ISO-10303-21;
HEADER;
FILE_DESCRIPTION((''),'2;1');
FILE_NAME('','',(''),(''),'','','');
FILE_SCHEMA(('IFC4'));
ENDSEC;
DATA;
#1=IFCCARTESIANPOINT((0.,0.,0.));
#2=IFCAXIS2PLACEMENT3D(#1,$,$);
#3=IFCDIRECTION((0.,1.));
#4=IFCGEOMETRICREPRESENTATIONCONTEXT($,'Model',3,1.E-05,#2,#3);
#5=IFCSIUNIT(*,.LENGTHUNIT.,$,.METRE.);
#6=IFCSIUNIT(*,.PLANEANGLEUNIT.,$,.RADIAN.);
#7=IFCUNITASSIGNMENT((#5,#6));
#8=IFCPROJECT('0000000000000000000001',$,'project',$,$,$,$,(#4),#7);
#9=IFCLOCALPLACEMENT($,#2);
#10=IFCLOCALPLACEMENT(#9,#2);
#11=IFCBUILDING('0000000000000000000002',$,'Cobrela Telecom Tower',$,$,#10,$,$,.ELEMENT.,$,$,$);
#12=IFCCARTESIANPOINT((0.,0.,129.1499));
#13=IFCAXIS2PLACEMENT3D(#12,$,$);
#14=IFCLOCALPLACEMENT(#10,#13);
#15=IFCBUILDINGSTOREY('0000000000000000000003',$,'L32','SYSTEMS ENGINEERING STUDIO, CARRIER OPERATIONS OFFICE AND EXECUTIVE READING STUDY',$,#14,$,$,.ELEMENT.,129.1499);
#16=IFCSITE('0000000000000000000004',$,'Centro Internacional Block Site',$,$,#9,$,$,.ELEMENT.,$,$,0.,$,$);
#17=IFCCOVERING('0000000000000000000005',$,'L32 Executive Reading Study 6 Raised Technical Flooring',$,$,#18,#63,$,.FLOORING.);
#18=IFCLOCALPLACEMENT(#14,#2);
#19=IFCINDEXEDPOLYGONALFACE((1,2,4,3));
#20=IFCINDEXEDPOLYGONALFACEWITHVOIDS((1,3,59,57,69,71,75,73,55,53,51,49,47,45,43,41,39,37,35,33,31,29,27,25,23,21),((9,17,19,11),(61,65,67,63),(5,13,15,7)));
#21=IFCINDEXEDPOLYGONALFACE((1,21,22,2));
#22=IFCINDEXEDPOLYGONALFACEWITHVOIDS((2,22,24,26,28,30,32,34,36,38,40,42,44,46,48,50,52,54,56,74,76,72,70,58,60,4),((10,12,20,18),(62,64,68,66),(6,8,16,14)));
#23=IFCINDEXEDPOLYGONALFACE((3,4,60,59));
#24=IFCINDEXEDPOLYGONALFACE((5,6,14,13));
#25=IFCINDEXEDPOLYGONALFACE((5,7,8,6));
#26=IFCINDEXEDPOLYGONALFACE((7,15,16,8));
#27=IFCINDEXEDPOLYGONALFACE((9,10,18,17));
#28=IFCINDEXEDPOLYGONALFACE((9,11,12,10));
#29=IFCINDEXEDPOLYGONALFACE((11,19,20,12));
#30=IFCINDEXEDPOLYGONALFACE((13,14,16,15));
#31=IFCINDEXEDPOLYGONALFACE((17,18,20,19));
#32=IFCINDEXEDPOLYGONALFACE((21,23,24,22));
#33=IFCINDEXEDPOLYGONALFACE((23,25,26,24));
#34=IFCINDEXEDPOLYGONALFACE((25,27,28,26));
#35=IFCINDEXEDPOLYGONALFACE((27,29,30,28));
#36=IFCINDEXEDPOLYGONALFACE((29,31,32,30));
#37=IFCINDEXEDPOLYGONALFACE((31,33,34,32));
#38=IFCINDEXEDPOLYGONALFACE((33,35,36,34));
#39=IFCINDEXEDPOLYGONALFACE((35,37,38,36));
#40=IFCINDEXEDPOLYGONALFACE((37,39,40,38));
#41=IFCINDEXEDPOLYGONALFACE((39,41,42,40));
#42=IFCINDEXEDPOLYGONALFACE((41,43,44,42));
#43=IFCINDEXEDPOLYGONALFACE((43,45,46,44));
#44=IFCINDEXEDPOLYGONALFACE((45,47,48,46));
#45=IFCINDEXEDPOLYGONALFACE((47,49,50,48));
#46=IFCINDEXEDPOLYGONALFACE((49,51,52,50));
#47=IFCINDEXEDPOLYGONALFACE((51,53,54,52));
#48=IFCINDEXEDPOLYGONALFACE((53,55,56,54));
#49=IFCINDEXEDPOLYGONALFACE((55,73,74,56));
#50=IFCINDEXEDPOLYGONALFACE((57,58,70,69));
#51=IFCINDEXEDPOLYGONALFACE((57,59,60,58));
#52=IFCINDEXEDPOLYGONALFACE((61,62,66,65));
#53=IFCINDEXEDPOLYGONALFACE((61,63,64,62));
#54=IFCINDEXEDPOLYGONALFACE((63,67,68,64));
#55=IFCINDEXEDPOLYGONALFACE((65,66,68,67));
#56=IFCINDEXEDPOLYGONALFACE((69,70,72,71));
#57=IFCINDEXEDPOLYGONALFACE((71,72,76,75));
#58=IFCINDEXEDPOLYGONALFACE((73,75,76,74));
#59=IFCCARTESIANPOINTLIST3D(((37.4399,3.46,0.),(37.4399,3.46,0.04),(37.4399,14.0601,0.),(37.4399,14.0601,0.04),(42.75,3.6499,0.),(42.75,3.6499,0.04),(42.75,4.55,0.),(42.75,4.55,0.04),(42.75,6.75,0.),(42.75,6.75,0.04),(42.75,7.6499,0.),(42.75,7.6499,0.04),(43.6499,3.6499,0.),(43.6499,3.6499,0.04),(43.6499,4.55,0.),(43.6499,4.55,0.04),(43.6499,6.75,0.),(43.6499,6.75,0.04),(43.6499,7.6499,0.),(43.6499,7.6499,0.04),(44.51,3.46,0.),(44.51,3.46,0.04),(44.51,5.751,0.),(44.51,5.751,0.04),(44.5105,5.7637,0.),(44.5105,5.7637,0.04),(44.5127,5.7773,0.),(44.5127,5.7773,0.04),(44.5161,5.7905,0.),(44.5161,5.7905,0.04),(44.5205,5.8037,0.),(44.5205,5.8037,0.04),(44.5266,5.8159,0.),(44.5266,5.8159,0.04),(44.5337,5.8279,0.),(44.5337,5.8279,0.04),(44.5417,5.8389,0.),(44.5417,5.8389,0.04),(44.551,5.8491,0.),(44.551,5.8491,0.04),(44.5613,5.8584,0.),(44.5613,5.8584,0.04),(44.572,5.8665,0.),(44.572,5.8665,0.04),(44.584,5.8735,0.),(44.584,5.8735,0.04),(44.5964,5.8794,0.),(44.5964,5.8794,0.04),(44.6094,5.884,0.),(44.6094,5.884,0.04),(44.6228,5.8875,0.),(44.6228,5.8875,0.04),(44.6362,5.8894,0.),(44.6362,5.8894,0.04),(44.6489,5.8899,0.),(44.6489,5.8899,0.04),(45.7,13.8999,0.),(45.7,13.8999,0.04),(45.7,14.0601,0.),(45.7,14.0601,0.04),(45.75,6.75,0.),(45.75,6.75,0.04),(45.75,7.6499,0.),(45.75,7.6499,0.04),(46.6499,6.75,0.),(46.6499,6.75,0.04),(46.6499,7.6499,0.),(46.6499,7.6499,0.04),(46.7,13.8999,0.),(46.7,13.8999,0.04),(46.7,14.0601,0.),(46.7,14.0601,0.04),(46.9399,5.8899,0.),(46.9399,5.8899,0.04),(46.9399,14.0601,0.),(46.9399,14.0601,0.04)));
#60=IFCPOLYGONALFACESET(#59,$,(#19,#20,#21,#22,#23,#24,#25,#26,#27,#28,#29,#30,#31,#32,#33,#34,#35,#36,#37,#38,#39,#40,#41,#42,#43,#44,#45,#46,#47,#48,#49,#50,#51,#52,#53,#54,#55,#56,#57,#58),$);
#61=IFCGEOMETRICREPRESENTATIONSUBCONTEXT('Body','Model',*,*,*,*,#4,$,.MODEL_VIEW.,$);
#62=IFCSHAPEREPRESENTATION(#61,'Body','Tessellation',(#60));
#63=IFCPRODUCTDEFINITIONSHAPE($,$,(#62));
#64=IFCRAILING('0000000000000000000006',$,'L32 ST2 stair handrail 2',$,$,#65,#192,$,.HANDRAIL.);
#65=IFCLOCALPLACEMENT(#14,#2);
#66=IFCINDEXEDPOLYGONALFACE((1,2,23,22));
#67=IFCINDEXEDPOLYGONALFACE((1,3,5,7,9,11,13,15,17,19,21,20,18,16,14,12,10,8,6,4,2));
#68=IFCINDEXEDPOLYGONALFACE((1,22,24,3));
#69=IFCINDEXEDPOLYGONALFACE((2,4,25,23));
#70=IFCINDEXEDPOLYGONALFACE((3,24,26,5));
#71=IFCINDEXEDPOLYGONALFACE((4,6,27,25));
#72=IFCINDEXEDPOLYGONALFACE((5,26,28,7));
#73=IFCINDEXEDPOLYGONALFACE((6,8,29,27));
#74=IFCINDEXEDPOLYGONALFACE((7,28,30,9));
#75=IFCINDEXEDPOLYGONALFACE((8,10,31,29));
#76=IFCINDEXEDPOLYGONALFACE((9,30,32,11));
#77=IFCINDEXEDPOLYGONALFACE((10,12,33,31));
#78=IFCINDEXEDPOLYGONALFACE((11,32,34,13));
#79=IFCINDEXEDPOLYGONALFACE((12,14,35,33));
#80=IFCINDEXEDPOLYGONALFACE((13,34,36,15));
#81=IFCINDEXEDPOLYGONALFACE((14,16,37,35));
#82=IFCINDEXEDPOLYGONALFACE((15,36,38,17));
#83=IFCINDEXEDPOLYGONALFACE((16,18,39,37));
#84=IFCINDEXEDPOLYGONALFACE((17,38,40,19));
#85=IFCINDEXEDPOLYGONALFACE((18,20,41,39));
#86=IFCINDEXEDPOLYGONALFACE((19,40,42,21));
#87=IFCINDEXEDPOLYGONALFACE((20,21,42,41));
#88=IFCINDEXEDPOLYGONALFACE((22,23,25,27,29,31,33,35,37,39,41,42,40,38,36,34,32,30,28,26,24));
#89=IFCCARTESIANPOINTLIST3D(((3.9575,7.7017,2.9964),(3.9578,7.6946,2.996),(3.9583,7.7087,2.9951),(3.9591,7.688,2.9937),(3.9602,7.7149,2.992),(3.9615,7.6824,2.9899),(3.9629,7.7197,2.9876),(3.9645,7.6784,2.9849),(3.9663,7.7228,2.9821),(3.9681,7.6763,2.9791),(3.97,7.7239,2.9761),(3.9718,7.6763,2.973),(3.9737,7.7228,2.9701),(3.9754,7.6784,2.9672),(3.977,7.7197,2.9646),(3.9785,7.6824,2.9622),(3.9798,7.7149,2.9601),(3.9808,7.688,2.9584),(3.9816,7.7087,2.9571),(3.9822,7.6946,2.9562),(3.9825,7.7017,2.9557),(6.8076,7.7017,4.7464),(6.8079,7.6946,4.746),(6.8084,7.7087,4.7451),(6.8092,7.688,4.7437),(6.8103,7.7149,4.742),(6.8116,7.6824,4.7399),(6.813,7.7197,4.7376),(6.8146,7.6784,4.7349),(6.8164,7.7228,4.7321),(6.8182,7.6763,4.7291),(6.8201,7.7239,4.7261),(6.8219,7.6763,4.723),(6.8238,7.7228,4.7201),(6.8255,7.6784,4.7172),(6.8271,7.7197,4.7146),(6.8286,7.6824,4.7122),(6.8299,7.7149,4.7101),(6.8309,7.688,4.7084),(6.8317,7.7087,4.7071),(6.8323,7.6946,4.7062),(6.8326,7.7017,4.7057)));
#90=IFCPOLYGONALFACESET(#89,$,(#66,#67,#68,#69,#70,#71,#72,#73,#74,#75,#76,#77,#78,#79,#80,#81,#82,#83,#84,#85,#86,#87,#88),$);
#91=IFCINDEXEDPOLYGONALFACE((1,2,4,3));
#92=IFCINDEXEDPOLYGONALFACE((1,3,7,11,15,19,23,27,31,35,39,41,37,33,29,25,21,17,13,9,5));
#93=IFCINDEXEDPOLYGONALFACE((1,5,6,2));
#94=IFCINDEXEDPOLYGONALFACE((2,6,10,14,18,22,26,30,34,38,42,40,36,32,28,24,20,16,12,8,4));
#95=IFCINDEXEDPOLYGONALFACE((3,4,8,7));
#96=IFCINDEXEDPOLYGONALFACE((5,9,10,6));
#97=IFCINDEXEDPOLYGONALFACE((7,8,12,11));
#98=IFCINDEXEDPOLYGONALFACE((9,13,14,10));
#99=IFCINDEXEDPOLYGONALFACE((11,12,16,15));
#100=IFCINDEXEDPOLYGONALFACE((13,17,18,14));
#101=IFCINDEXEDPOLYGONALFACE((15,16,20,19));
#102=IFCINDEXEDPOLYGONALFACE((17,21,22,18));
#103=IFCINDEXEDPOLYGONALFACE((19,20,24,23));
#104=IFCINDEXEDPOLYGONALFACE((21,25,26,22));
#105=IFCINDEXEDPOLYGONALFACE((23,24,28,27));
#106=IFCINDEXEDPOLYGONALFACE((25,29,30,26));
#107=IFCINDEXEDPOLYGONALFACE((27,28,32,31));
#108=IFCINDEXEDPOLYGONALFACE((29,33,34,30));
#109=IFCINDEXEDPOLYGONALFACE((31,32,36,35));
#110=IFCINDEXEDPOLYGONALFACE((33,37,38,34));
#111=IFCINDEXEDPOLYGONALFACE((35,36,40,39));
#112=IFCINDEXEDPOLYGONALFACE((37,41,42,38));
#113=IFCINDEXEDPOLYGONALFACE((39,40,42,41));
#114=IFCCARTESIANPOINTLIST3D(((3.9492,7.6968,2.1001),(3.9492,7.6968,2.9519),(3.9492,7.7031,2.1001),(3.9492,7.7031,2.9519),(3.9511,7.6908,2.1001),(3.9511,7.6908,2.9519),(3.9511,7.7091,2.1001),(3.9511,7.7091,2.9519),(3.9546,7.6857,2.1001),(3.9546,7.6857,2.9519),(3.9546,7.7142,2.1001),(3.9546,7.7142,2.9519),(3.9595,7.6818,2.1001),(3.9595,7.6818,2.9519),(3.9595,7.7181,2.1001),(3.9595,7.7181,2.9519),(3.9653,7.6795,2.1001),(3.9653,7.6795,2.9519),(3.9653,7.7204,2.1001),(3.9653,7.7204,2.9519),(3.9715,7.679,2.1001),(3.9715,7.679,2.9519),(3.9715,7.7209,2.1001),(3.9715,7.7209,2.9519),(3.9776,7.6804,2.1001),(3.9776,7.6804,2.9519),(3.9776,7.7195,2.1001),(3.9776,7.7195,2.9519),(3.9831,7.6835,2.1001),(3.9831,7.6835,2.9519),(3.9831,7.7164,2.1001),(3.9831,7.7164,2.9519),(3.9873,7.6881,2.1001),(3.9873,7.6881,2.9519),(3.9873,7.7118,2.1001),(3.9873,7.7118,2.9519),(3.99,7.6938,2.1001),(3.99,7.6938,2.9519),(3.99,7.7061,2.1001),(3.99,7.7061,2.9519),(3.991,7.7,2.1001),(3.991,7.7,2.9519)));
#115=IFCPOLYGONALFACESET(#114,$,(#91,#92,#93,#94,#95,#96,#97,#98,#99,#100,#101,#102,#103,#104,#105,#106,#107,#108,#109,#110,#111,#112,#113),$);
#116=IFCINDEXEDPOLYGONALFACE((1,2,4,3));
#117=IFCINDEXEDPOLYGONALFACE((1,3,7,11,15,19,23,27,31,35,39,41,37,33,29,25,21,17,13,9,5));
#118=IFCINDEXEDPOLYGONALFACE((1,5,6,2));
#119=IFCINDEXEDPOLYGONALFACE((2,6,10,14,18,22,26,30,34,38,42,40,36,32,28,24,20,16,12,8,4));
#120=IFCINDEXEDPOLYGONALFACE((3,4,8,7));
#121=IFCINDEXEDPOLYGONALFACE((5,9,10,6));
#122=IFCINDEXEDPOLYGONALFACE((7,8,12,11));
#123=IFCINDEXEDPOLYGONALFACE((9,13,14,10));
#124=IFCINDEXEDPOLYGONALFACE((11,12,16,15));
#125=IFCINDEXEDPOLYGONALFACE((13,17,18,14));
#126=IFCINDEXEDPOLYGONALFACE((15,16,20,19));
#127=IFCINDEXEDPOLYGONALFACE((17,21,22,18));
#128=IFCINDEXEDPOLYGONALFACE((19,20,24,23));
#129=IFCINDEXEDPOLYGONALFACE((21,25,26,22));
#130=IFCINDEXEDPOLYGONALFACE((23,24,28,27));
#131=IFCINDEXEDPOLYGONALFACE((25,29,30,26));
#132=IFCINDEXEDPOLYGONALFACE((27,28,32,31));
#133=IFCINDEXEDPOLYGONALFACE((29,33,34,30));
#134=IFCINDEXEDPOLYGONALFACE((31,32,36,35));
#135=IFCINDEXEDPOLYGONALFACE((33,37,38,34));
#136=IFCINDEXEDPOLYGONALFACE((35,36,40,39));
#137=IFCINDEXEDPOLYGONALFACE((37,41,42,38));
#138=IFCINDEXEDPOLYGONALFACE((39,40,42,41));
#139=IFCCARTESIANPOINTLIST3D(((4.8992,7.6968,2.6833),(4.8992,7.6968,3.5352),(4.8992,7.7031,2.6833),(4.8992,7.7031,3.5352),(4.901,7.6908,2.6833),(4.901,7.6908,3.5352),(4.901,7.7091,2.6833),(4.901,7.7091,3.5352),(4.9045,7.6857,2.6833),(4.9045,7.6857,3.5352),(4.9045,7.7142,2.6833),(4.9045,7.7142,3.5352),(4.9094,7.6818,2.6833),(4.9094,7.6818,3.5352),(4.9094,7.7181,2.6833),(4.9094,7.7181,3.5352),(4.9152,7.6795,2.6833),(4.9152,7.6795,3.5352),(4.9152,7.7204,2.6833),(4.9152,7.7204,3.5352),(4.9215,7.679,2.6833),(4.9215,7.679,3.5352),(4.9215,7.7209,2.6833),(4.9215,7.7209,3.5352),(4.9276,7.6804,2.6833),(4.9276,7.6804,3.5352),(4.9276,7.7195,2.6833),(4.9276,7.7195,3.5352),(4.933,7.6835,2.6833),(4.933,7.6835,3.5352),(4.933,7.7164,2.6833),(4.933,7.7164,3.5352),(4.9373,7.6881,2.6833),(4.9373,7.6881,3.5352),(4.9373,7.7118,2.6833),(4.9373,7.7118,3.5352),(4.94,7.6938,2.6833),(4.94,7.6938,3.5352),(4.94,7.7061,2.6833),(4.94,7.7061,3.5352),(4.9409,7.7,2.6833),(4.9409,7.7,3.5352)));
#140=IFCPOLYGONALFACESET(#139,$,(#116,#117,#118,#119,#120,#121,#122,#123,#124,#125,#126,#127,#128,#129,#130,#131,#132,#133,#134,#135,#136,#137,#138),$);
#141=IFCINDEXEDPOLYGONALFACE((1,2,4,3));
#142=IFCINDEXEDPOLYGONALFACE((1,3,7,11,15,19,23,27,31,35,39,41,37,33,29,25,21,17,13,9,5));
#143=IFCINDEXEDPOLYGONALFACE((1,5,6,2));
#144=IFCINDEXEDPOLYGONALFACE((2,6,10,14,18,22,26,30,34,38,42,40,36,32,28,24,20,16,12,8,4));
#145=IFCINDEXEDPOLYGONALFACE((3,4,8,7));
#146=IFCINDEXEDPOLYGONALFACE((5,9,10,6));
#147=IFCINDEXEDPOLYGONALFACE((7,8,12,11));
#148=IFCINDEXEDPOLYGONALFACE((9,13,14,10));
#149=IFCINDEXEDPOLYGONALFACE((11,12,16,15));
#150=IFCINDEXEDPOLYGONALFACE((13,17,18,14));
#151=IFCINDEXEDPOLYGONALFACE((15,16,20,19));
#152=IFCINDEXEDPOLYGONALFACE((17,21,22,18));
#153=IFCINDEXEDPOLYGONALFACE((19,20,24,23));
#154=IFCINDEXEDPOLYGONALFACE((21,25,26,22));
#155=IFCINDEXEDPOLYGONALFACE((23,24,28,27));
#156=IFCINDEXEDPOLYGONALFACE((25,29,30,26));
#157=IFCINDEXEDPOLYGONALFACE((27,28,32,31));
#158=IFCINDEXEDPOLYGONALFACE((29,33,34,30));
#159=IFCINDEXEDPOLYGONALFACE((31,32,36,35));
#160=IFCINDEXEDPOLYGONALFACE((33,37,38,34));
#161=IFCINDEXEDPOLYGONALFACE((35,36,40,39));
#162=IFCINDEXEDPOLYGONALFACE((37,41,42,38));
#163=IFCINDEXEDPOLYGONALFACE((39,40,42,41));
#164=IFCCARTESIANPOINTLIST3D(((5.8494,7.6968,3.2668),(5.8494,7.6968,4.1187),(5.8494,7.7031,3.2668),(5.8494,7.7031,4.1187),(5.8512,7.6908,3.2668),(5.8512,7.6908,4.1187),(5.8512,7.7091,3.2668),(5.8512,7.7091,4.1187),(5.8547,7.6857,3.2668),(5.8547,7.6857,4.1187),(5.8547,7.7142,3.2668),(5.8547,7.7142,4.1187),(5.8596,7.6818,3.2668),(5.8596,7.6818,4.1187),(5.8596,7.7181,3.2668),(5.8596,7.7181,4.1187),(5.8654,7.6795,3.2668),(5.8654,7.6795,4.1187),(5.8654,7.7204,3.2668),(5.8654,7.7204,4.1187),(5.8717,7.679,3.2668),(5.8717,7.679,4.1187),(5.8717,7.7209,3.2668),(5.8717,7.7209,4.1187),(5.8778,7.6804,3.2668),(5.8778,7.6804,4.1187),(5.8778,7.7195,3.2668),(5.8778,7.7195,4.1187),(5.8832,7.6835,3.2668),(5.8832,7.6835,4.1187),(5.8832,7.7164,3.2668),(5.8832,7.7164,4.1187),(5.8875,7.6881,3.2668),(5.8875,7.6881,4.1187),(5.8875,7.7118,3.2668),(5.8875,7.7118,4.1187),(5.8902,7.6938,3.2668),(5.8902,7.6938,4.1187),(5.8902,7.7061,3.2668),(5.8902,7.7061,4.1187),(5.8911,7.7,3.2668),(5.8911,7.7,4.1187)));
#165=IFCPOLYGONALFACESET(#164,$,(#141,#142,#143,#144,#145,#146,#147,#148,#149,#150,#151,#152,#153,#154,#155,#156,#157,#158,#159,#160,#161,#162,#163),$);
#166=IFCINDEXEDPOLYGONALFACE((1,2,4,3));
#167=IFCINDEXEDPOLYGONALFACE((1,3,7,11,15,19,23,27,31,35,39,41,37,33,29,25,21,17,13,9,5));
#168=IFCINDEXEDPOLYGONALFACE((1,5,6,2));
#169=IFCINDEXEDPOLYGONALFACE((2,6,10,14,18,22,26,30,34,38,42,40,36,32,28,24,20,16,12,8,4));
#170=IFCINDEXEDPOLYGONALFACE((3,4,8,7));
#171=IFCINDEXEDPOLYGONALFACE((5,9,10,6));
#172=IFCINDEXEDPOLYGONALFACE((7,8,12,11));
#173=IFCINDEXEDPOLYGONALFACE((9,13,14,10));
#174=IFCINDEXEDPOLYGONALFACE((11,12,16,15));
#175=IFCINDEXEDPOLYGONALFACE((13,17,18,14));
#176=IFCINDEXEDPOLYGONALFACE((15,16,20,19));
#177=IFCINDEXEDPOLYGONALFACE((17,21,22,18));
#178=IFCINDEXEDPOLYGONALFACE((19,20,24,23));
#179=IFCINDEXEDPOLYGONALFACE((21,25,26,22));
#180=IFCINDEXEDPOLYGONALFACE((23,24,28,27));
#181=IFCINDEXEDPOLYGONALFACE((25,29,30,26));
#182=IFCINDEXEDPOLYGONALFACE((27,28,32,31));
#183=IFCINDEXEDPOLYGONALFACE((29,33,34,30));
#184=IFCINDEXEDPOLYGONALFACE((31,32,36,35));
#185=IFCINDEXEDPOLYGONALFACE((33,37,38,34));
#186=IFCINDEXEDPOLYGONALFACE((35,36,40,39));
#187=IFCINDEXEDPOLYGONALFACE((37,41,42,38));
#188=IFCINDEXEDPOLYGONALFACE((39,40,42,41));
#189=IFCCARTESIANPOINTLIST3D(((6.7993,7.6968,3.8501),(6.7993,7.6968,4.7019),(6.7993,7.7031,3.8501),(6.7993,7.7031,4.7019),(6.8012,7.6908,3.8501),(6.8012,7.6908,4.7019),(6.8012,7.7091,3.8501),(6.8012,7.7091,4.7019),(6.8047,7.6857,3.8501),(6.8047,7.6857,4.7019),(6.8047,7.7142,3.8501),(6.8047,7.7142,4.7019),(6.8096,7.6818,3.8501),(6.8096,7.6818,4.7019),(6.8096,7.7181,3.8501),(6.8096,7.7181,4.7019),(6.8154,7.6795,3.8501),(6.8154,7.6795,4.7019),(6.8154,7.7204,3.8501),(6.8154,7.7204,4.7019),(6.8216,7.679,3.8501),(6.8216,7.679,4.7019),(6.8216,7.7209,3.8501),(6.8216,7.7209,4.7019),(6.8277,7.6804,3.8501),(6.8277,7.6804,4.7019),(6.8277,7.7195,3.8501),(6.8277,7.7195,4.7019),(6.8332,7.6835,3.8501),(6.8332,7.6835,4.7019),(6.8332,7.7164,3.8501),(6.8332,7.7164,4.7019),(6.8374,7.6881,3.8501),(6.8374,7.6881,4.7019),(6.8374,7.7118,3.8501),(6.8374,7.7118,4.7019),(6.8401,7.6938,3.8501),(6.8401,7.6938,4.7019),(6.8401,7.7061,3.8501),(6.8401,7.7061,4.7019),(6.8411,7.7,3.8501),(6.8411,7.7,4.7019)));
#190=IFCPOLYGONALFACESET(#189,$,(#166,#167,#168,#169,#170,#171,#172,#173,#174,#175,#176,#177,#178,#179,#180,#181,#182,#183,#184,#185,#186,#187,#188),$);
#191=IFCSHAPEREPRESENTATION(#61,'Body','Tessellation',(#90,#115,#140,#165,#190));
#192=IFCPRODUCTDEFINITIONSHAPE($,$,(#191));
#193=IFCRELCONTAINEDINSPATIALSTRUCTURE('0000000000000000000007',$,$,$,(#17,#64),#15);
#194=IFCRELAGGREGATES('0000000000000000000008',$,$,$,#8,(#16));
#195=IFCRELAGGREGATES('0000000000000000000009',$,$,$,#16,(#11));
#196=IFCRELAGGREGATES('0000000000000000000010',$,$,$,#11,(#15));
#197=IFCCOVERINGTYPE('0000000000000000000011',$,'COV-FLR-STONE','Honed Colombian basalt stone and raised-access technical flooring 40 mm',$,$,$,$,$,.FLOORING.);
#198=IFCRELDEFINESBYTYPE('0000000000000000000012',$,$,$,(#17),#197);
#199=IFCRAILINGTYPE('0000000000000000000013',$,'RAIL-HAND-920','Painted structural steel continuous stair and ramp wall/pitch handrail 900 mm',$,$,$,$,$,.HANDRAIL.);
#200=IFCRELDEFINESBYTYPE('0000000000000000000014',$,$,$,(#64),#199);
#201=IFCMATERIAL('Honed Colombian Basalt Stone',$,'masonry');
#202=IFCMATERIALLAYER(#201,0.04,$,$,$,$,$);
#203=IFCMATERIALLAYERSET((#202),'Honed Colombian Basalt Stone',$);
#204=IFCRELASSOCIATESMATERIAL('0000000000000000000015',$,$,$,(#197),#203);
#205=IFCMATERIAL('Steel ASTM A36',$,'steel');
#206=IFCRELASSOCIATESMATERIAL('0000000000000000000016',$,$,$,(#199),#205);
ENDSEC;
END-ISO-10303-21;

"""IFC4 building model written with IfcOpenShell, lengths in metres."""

from ifc_helpers import new_model, si_unit, direction, frame, origin, origin_2d, place, context, subcontext, project, spatial, polyline, circle, outline, extrude, material, layer, layer_set, type_object, element, save


model = new_model("IFC4")

# Units and contexts
model_context = context("Model", 3, precision=1e-05, world=origin(), true_north=direction((0.0, 1.0)))
body_context = subcontext(model_context, "Body", "Model", "MODEL_VIEW")
ifc_project = project(units=[si_unit("LENGTHUNIT", "METRE"), si_unit("PLANEANGLEUNIT", "RADIAN")], contexts=[model_context])

# Site, building, storey
site_placement = place(None, origin())
site = spatial("IfcSite", under=ifc_project, at=site_placement, Name="Centro Internacional Block Site", CompositionType="ELEMENT", RefElevation=0.0)
building_placement = place(site_placement, origin())
building = spatial("IfcBuilding", under=site, at=building_placement, Name="Cobrela Telecom Tower", CompositionType="ELEMENT")
storey_placement = place(building_placement, frame((0.0, 0.0, 129.1499)))
storey = spatial("IfcBuildingStorey", under=building, at=storey_placement, Name="L32", Description="SYSTEMS ENGINEERING STUDIO, CARRIER OPERATIONS OFFICE AND EXECUTIVE READING STUDY", CompositionType="ELEMENT", Elevation=129.1499)

# Covering
ifc_material_1 = material(Name="Honed Colombian Basalt Stone", Category="masonry")
ifc_layer_1 = layer(ifc_material_1, 0.04)
ifc_layer_set_1 = layer_set([ifc_layer_1], Name="Honed Colombian Basalt Stone")
covering_type_1 = type_object("IfcCoveringType", Name="COV-FLR-STONE", Description="Honed Colombian basalt stone and raised-access technical flooring 40 mm", PredefinedType="FLOORING", material=ifc_layer_set_1)
covering_1_placement = place(storey_placement, origin())
element("IfcCovering", 1, at=covering_1_placement, inside=storey, type_object=covering_type_1, Name="L32 Executive Reading Study 6 Raised Technical Flooring", PredefinedType="FLOORING", context=body_context, shape_type="SweptSolid", body=[
    extrude(outline(polyline([(45.7, 13.8999), (46.7, 13.8999), (46.7, 14.0601), (46.9399, 14.0601), (46.9399, 5.8899), (44.6489, 5.8899), (44.6362, 5.8894), (44.6228, 5.8875), (44.6094, 5.884), (44.5964, 5.8794), (44.584, 5.8735), (44.572, 5.8665), (44.5613, 5.8584), (44.551, 5.8491), (44.5417, 5.8389), (44.5337, 5.8279), (44.5266, 5.8159), (44.5205, 5.8037), (44.5161, 5.7905), (44.5127, 5.7773), (44.5105, 5.7637), (44.51, 5.751), (44.51, 3.46), (37.4399, 3.46), (37.4399, 14.0601), (45.7, 14.0601), (45.7, 13.8999)]), holes=[polyline([(43.6499, 3.6499), (43.6499, 4.55), (42.75, 4.55), (42.75, 3.6499), (43.6499, 3.6499)]), polyline([(43.6499, 6.75), (43.6499, 7.6499), (42.75, 7.6499), (42.75, 6.75), (43.6499, 6.75)]), polyline([(46.6499, 6.75), (46.6499, 7.6499), (45.75, 7.6499), (45.75, 6.75), (46.6499, 6.75)])]), origin(), (0.0, 0.0, 1.0), 0.04),
])

# Railing
ifc_material_2 = material(Name="Steel ASTM A36", Category="steel")
railing_type = type_object("IfcRailingType", Name="RAIL-HAND-920", Description="Painted structural steel continuous stair and ramp wall/pitch handrail 900 mm", PredefinedType="HANDRAIL", material=ifc_material_2)
railing_placement = place(storey_placement, frame((3.97, 7.7, 2.1001)))
element("IfcRailing", 2, at=railing_placement, inside=storey, type_object=railing_type, Name="L32 ST2 stair handrail 2", PredefinedType="HANDRAIL", context=body_context, shape_type="SweptSolid", body=[
    extrude(circle(Radius=0.0239, at=origin_2d()), frame((0.0, 0.0, 0.876), z_axis=(0.852179, 0.0, 0.52325), x_axis=(0.0, 1.0, 0.0)), (0.0, 0.0, 1.0), 3.3445),
    extrude(circle(Radius=0.021, at=origin_2d()), origin(), (0.0, 0.0, 1.0), 0.8518),
    extrude(circle(Radius=0.021, at=origin_2d()), frame((0.95, 0.0, 0.5833)), (0.0, 0.0, 1.0), 0.8518),
    extrude(circle(Radius=0.021, at=origin_2d()), frame((1.9001, 0.0, 1.1667)), (0.0, 0.0, 1.0), 0.8518),
    extrude(circle(Radius=0.021, at=origin_2d()), frame((2.8501, 0.0, 1.75)), (0.0, 0.0, 1.0), 0.8518),
])

save(model, "model.ifc")
